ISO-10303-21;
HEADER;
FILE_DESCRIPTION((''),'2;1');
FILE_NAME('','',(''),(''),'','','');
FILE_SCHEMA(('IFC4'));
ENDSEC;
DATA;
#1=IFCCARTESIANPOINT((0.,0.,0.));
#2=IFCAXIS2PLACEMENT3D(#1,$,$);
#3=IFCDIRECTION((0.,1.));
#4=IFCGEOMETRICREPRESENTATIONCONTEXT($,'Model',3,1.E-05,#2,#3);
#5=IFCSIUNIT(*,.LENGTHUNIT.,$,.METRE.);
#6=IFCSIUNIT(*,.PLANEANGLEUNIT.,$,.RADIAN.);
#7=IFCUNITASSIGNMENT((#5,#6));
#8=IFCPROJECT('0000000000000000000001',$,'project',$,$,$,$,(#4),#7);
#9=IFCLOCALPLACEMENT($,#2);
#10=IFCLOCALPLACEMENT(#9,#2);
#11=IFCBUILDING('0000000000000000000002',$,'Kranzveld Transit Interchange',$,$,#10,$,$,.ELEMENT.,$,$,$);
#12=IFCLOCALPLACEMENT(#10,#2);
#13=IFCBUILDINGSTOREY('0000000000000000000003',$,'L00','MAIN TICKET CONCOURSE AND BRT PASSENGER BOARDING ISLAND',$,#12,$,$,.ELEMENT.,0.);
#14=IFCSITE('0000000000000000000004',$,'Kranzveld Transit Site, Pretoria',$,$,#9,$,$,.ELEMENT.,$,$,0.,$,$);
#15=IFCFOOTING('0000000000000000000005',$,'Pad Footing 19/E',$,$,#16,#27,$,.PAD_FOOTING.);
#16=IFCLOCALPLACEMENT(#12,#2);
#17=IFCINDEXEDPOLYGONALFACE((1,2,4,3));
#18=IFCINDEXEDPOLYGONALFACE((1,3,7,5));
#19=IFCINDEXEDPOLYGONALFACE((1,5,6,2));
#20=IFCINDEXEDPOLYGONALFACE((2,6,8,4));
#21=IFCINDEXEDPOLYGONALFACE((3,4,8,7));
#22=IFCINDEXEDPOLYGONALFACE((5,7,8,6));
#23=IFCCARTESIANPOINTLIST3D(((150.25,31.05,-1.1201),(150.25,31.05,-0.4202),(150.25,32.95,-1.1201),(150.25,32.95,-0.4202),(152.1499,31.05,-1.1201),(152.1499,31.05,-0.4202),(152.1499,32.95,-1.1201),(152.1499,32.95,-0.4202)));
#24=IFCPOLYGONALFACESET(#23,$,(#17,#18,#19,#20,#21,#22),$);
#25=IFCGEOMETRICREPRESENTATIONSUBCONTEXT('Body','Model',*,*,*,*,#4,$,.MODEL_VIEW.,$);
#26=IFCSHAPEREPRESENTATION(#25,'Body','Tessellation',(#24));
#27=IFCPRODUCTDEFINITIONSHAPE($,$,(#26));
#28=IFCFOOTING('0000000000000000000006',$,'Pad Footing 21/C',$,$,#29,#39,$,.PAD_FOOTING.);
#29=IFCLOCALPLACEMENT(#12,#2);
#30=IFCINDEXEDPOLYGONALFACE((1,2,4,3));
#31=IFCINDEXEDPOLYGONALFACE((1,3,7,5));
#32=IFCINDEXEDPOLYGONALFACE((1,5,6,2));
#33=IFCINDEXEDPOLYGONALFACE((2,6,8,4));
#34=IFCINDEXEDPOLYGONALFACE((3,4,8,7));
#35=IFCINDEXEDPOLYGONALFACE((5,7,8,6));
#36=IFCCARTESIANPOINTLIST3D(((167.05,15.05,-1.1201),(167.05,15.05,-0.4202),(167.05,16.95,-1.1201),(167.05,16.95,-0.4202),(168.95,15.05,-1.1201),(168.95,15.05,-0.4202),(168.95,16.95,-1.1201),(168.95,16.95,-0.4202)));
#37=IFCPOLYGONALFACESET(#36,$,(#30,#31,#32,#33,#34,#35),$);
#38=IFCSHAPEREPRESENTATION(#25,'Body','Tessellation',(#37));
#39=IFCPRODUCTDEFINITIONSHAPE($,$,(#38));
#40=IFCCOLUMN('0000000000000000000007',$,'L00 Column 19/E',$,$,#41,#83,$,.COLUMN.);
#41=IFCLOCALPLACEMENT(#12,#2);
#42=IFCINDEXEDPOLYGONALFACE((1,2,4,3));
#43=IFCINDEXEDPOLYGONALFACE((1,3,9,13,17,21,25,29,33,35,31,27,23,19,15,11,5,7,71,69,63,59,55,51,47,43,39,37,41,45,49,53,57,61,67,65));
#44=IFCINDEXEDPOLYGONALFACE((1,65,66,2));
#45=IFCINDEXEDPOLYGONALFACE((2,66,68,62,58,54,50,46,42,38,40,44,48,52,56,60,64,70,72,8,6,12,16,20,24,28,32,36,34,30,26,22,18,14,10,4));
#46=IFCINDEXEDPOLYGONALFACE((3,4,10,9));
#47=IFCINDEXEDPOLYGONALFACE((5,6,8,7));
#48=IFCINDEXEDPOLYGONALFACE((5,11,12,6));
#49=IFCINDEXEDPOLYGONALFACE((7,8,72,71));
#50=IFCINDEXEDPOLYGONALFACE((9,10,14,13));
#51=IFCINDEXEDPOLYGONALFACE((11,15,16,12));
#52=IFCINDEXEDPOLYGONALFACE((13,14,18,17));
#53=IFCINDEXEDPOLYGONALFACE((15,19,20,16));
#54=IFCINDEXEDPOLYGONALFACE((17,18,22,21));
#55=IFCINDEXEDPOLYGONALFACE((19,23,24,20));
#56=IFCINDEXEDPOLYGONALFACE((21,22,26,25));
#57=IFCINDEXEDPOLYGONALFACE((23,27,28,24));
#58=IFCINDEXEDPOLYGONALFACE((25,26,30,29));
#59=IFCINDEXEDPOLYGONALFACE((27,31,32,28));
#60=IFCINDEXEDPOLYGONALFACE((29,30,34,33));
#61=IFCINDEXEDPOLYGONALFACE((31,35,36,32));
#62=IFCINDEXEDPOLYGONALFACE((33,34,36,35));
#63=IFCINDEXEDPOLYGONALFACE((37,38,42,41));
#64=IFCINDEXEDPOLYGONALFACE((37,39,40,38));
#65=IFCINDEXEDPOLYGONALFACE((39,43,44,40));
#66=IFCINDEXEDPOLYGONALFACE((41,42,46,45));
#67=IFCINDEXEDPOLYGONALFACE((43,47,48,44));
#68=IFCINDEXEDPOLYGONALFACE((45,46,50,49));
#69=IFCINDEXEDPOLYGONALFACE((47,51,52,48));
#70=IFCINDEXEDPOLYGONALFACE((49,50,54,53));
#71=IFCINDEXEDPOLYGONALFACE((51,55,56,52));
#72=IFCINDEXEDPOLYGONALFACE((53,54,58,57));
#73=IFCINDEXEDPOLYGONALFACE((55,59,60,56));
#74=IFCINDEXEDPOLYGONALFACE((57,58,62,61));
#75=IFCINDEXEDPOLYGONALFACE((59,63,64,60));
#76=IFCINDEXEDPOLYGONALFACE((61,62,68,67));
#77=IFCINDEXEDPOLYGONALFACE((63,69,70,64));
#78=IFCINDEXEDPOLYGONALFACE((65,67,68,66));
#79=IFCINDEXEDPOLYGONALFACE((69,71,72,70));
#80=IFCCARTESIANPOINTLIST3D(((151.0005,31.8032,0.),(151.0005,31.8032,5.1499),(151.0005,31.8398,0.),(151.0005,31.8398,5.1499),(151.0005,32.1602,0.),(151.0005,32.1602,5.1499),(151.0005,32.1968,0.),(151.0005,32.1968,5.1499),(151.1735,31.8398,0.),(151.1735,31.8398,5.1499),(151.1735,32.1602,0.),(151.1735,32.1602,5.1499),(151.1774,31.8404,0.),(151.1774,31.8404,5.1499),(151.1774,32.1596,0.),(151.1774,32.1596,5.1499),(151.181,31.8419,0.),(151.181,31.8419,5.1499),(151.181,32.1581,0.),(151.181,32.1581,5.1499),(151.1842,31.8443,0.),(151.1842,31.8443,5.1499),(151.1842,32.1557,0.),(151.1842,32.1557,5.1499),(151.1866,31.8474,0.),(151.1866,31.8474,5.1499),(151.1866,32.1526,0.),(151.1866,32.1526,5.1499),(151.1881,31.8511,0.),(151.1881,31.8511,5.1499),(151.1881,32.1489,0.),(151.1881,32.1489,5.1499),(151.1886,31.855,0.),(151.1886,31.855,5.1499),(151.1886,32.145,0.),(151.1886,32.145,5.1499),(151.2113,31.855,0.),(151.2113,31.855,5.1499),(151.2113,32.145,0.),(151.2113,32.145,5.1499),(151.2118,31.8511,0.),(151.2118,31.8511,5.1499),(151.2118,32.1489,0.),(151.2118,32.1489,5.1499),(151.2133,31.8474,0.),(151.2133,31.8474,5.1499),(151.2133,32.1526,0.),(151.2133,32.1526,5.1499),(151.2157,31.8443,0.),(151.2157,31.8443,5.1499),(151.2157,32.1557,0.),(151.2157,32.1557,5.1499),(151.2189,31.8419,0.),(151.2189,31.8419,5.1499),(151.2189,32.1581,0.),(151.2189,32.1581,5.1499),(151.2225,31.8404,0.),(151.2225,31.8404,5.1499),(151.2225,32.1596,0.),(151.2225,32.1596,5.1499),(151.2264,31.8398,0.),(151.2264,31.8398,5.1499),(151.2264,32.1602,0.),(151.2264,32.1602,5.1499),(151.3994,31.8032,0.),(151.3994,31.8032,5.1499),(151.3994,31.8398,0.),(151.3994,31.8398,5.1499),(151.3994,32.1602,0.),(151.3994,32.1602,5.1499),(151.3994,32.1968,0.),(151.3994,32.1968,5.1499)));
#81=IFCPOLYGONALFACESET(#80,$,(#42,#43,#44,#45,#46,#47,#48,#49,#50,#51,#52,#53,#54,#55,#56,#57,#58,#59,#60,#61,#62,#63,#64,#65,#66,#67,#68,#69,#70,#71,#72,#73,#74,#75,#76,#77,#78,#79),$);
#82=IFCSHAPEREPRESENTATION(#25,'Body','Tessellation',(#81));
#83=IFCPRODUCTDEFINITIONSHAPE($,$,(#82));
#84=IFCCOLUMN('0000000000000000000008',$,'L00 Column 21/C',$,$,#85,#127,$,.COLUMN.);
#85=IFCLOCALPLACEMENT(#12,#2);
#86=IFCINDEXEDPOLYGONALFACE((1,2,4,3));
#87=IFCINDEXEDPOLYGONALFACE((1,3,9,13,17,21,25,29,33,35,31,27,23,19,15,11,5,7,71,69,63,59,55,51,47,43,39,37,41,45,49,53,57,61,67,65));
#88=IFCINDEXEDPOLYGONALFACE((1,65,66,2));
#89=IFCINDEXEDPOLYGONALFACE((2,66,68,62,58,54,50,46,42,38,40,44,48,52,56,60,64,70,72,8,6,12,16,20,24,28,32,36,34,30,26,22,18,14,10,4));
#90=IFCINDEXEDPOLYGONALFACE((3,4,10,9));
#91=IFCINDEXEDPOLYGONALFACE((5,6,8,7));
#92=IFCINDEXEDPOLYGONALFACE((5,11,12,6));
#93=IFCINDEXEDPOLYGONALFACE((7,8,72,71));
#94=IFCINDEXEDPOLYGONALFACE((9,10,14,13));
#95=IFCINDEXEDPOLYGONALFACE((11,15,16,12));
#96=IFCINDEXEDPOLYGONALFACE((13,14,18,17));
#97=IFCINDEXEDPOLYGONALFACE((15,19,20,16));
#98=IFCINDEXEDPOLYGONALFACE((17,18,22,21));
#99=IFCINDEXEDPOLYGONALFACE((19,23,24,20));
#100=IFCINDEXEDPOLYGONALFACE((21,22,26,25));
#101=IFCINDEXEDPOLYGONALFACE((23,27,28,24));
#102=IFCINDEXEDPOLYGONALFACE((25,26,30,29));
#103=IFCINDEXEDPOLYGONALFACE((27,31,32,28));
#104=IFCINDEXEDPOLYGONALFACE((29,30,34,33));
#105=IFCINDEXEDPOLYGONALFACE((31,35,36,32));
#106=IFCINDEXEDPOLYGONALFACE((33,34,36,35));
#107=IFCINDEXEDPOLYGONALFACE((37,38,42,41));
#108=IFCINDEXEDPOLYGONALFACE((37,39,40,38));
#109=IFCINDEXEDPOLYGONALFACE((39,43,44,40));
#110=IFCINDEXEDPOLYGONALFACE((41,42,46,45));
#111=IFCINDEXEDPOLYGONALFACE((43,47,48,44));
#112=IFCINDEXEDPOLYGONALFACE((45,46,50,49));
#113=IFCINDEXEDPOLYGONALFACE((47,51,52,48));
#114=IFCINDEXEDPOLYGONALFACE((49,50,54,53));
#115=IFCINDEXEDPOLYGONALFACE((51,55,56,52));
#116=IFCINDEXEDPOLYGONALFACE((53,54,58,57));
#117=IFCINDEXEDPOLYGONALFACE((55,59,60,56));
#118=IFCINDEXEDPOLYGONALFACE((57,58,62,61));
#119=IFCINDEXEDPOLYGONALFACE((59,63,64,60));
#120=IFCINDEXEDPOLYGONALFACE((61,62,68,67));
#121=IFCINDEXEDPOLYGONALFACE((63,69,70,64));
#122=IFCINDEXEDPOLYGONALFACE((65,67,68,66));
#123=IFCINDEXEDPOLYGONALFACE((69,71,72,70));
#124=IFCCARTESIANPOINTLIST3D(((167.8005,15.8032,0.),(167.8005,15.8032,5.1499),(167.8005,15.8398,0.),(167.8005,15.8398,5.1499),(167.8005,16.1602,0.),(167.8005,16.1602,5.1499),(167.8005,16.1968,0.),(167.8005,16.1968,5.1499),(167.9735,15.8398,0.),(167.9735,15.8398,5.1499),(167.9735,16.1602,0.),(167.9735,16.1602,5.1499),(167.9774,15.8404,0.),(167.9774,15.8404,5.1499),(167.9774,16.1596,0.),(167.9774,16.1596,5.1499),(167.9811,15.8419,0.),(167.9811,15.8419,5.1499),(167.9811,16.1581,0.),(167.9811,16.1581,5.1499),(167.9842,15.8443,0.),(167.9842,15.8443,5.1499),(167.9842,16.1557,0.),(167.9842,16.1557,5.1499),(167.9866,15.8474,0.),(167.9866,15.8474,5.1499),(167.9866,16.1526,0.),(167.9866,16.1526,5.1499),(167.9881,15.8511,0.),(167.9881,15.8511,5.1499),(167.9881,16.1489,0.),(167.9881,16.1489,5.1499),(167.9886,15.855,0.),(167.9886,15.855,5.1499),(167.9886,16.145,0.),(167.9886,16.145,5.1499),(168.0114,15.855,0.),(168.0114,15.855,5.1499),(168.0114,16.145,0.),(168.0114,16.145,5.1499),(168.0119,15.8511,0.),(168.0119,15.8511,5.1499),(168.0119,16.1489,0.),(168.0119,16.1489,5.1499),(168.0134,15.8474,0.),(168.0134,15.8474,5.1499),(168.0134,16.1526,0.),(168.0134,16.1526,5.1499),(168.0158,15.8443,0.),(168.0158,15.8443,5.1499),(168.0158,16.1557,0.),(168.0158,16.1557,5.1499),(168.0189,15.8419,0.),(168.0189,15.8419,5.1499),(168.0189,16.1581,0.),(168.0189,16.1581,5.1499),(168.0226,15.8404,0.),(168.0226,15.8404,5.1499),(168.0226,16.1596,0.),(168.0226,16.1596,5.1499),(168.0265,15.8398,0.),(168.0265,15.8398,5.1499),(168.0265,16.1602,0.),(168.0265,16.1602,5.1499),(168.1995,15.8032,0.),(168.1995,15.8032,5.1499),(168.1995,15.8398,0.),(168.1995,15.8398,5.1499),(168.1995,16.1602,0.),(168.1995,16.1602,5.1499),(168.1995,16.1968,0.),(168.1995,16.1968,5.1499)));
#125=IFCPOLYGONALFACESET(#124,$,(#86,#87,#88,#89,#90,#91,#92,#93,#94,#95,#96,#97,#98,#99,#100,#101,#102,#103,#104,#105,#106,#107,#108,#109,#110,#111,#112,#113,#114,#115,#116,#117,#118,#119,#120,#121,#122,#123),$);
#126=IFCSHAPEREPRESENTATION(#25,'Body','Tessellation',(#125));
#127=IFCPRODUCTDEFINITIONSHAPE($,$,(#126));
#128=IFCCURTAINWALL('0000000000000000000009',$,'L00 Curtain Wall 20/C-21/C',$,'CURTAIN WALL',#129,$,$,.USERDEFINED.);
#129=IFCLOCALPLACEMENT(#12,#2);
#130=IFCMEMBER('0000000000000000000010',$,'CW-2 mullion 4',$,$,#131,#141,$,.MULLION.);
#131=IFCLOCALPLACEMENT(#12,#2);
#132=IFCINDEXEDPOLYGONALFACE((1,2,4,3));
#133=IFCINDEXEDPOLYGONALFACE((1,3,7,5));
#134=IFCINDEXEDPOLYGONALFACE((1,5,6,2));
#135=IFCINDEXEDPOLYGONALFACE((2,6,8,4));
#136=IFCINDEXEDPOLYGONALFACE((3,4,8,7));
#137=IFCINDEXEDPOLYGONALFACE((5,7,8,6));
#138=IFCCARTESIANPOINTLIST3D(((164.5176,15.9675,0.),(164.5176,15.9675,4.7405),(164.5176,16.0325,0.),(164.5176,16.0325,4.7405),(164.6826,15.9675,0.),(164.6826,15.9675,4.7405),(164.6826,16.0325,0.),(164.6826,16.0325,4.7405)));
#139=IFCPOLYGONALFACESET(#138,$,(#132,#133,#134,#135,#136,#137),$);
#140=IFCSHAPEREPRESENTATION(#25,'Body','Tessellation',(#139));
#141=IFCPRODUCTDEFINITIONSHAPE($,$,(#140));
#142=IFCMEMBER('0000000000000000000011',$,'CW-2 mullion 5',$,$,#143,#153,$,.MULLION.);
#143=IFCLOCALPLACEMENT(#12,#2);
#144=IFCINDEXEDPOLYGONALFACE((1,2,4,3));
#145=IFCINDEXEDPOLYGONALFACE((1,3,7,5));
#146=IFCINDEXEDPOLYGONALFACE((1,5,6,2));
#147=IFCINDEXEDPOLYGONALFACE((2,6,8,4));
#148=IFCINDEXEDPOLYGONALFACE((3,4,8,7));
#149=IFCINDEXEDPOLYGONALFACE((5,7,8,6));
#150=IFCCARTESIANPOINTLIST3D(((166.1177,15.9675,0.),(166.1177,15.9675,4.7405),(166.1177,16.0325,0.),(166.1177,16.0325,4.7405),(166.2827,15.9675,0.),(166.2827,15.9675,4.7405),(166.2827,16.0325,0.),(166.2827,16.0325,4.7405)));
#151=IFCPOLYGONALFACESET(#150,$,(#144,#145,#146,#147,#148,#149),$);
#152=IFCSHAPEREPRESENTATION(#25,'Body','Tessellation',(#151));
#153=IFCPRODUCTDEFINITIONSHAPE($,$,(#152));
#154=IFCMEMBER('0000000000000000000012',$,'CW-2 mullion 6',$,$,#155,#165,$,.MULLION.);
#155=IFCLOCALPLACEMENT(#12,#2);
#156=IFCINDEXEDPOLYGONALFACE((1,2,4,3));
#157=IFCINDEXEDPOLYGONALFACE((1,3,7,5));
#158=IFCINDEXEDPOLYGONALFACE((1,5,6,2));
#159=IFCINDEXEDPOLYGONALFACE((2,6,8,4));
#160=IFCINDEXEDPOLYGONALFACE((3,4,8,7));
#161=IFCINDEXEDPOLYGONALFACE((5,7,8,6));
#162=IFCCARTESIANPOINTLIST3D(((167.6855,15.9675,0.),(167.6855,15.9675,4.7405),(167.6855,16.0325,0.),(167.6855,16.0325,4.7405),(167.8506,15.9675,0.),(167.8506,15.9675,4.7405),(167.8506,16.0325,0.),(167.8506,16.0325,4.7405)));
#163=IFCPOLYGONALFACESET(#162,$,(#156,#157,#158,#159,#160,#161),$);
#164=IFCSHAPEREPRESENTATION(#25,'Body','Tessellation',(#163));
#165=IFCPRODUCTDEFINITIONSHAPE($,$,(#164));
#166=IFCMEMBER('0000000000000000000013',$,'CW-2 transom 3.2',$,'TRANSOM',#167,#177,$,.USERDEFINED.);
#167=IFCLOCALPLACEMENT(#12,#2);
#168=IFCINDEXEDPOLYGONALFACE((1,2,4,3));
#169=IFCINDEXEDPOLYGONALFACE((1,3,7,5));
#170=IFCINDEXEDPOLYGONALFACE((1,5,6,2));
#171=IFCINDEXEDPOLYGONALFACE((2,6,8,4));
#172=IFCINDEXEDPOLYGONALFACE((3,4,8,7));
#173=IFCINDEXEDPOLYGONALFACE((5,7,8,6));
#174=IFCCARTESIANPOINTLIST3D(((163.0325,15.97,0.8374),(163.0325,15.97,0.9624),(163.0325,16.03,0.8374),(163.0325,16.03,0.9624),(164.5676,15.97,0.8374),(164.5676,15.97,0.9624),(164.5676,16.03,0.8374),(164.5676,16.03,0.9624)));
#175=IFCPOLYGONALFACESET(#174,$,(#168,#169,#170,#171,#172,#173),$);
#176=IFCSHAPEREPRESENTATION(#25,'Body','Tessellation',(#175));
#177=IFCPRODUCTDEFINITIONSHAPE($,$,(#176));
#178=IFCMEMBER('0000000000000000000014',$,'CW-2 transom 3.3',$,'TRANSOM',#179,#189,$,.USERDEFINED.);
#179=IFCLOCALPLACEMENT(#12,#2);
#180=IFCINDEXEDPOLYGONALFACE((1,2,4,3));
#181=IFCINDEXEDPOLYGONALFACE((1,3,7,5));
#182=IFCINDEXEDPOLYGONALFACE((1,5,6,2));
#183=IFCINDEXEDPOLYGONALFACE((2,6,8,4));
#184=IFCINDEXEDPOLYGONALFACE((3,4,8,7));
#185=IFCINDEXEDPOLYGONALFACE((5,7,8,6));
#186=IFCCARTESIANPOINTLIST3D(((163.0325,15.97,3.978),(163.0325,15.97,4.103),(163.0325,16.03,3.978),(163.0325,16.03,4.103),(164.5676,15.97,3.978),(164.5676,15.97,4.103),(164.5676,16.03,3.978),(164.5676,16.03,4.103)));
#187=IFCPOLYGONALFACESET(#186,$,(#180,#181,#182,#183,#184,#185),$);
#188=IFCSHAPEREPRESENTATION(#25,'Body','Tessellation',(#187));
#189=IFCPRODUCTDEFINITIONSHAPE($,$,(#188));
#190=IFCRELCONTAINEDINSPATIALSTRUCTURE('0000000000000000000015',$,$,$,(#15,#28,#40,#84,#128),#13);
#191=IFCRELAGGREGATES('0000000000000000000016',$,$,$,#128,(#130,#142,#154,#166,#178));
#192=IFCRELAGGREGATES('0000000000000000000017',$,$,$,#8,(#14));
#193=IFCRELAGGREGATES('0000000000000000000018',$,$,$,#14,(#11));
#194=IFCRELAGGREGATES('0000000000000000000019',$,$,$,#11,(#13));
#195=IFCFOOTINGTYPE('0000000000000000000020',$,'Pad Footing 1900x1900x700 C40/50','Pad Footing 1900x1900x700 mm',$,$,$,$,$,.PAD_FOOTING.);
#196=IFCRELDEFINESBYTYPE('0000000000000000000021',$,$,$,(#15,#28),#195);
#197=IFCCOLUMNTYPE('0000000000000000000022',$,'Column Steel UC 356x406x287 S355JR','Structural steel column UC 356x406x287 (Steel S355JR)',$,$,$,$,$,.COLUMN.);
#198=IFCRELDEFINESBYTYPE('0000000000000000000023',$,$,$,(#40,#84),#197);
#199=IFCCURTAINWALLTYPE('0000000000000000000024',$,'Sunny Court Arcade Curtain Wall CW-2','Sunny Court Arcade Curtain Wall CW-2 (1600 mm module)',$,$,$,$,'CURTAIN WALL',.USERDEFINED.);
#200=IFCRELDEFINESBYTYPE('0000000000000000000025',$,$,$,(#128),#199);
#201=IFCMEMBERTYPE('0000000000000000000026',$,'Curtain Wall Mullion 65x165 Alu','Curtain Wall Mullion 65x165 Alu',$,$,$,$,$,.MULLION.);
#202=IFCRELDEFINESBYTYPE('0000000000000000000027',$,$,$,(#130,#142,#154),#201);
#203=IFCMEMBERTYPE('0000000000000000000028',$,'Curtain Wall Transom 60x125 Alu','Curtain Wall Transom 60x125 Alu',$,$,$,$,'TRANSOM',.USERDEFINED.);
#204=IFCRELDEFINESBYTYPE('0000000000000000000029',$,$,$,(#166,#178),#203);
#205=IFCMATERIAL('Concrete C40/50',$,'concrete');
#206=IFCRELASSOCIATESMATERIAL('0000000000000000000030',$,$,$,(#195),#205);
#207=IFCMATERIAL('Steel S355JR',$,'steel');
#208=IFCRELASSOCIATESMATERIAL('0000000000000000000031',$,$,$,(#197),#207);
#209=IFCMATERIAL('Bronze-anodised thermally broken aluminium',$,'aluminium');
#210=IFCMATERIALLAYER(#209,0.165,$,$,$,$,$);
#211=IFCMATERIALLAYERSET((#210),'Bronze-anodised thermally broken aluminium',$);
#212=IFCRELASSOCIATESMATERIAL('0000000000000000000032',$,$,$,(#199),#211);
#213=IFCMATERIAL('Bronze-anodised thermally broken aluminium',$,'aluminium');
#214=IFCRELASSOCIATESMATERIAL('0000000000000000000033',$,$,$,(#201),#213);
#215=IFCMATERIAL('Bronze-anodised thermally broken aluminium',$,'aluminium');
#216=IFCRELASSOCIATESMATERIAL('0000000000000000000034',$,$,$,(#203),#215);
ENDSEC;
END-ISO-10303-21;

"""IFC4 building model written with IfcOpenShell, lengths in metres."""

from ifc_helpers import new_model, si_unit, direction, frame, origin, origin_2d, place, context, subcontext, project, spatial, rectangle, i_section, extrude, material, layer, layer_set, material_profile, profile_set, type_object, element, aggregate, save


model = new_model("IFC4")

# Units and contexts
model_context = context("Model", 3, precision=1e-05, world=origin(), true_north=direction((0.0, 1.0)))
body_context = subcontext(model_context, "Body", "Model", "MODEL_VIEW")
ifc_project = project(units=[si_unit("LENGTHUNIT", "METRE"), si_unit("PLANEANGLEUNIT", "RADIAN")], contexts=[model_context])

# Site, building, storey
site_placement = place(None, origin())
site = spatial("IfcSite", under=ifc_project, at=site_placement, Name="Kranzveld Transit Site, Pretoria", CompositionType="ELEMENT", RefElevation=0.0)
building_placement = place(site_placement, origin())
building = spatial("IfcBuilding", under=site, at=building_placement, Name="Kranzveld Transit Interchange", CompositionType="ELEMENT")
storey_placement = place(building_placement, origin())
storey = spatial("IfcBuildingStorey", under=building, at=storey_placement, Name="L00", Description="MAIN TICKET CONCOURSE AND BRT PASSENGER BOARDING ISLAND", CompositionType="ELEMENT", Elevation=0.0)

# Footings
ifc_material_1 = material(Name="Concrete C40/50", Category="concrete")
footing_type = type_object("IfcFootingType", Name="Pad Footing 1900x1900x700 C40/50", Description="Pad Footing 1900x1900x700 mm", PredefinedType="PAD_FOOTING", material=ifc_material_1)
for number, where, z_axis, x_axis, name in (
    (1, (151.2, 32.0, -1.1201), (0.0, 0.0, 1.0), (1.0, 0.0, 0.0), "Pad Footing 19/E"),
    (2, (168.0, 16.0, -1.1201), (0.0, 0.0, 1.0), (1.0, 0.0, 0.0), "Pad Footing 21/C"),
):
    element("IfcFooting", number, at=place(storey_placement, frame(where, z_axis=z_axis, x_axis=x_axis)), inside=storey, type_object=footing_type, Name=name, PredefinedType="PAD_FOOTING", context=body_context, shape_type="SweptSolid", body=[
        extrude(rectangle(XDim=1.8999, YDim=1.8999, at=origin_2d()), origin(), (0.0, 0.0, 1.0), 0.7),
    ])

# Columns
ifc_material_2 = material(Name="Steel S355JR", Category="steel")
ifc_material_profile_1 = material_profile(ifc_material_2, i_section(OverallWidth=0.3989, OverallDepth=0.3936, WebThickness=0.0227, FlangeThickness=0.0366, FilletRadius=0.0151, at=origin_2d()), Name="UC 356x406x287")
ifc_profile_set_1 = profile_set([ifc_material_profile_1], Name="Steel S355JR")
column_type = type_object("IfcColumnType", Name="Column Steel UC 356x406x287 S355JR", Description="Structural steel column UC 356x406x287 (Steel S355JR)", PredefinedType="COLUMN", material=ifc_profile_set_1)
for number, where, z_axis, x_axis, name in (
    (3, (151.2, 32.0, 0.0), (0.0, 0.0, 1.0), (1.0, 0.0, 0.0), "L00 Column 19/E"),
    (4, (168.0, 16.0, 0.0), (0.0, 0.0, 1.0), (1.0, 0.0, 0.0), "L00 Column 21/C"),
):
    element("IfcColumn", number, at=place(storey_placement, frame(where, z_axis=z_axis, x_axis=x_axis)), inside=storey, type_object=column_type, Name=name, PredefinedType="COLUMN", context=body_context, shape_type="SweptSolid", body=[
        extrude(i_section(OverallWidth=0.3989, OverallDepth=0.3936, WebThickness=0.0227, FlangeThickness=0.0366, FilletRadius=0.0151, at=origin_2d()), origin(), (0.0, 0.0, 1.0), 5.1499),
    ])

# Curtain wall, members
ifc_material_3 = material(Name="Bronze-anodised thermally broken aluminium", Category="aluminium")
ifc_layer_1 = layer(ifc_material_3, 0.165)
ifc_layer_set_1 = layer_set([ifc_layer_1], Name="Bronze-anodised thermally broken aluminium")
curtain_wall_type = type_object("IfcCurtainWallType", Name="Sunny Court Arcade Curtain Wall CW-2", Description="Sunny Court Arcade Curtain Wall CW-2 (1600 mm module)", ElementType="CURTAIN WALL", PredefinedType="USERDEFINED", material=ifc_layer_set_1)
curtain_wall_placement = place(storey_placement, origin())
curtain_wall = element("IfcCurtainWall", 5, at=curtain_wall_placement, inside=storey, type_object=curtain_wall_type, Name="L00 Curtain Wall 20/C-21/C", ObjectType="CURTAIN WALL", PredefinedType="USERDEFINED")
ifc_material_4 = material(Name="Bronze-anodised thermally broken aluminium", Category="aluminium")
ifc_material_profile_2 = material_profile(ifc_material_4, rectangle(XDim=0.0649, YDim=0.165, at=origin_2d()), Name="ALU MULLION 65x165")
ifc_profile_set_2 = profile_set([ifc_material_profile_2], Name="Bronze-anodised thermally broken aluminium")
member_type_1 = type_object("IfcMemberType", Name="Curtain Wall Mullion 65x165 Alu", Description="Curtain Wall Mullion 65x165 Alu", PredefinedType="MULLION", material=ifc_profile_set_2)
member_1_placement = place(storey_placement, frame((164.6001, 16.0, 0.0), z_axis=(0.0, 0.0, 1.0), x_axis=(0.0, 1.0, 0.0)))
member_1 = element("IfcMember", 6, at=member_1_placement, type_object=member_type_1, Name="CW-2 mullion 4", PredefinedType="MULLION", context=body_context, shape_type="SweptSolid", body=[
    extrude(rectangle(XDim=0.0649, YDim=0.165, at=origin_2d()), origin(), (0.0, 0.0, 1.0), 4.7405),
])
member_2_placement = place(storey_placement, frame((166.2002, 16.0, 0.0), z_axis=(0.0, 0.0, 1.0), x_axis=(0.0, 1.0, 0.0)))
member_2 = element("IfcMember", 7, at=member_2_placement, type_object=member_type_1, Name="CW-2 mullion 5", PredefinedType="MULLION", context=body_context, shape_type="SweptSolid", body=[
    extrude(rectangle(XDim=0.0649, YDim=0.165, at=origin_2d()), origin(), (0.0, 0.0, 1.0), 4.7405),
])
member_3_placement = place(storey_placement, frame((167.7681, 16.0, 0.0), z_axis=(0.0, 0.0, 1.0), x_axis=(0.0, 1.0, 0.0)))
member_3 = element("IfcMember", 8, at=member_3_placement, type_object=member_type_1, Name="CW-2 mullion 6", PredefinedType="MULLION", context=body_context, shape_type="SweptSolid", body=[
    extrude(rectangle(XDim=0.0649, YDim=0.165, at=origin_2d()), origin(), (0.0, 0.0, 1.0), 4.7405),
])
ifc_material_5 = material(Name="Bronze-anodised thermally broken aluminium", Category="aluminium")
ifc_material_profile_3 = material_profile(ifc_material_5, rectangle(XDim=0.0601, YDim=0.125, at=origin_2d()), Name="ALU TRANSOM 60x125")
ifc_profile_set_3 = profile_set([ifc_material_profile_3], Name="Bronze-anodised thermally broken aluminium")
member_type_2 = type_object("IfcMemberType", Name="Curtain Wall Transom 60x125 Alu", Description="Curtain Wall Transom 60x125 Alu", ElementType="TRANSOM", PredefinedType="USERDEFINED", material=ifc_profile_set_3)
member_4_placement = place(storey_placement, frame((163.0325, 16.0, 0.8999), z_axis=(1.0, 0.0, 0.0), x_axis=(0.0, 1.0, 0.0)))
member_4 = element("IfcMember", 9, at=member_4_placement, type_object=member_type_2, Name="CW-2 transom 3.2", ObjectType="TRANSOM", PredefinedType="USERDEFINED", context=body_context, shape_type="SweptSolid", body=[
    extrude(rectangle(XDim=0.0601, YDim=0.125, at=origin_2d()), origin(), (0.0, 0.0, 1.0), 1.5352),
])
member_5_placement = place(storey_placement, frame((163.0325, 16.0, 4.0405), z_axis=(1.0, 0.0, 0.0), x_axis=(0.0, 1.0, 0.0)))
member_5 = element("IfcMember", 10, at=member_5_placement, type_object=member_type_2, Name="CW-2 transom 3.3", ObjectType="TRANSOM", PredefinedType="USERDEFINED", context=body_context, shape_type="SweptSolid", body=[
    extrude(rectangle(XDim=0.0601, YDim=0.125, at=origin_2d()), origin(), (0.0, 0.0, 1.0), 1.5352),
])

aggregate(curtain_wall, [member_1, member_2, member_3, member_4, member_5])

save(model, "model.ifc")
